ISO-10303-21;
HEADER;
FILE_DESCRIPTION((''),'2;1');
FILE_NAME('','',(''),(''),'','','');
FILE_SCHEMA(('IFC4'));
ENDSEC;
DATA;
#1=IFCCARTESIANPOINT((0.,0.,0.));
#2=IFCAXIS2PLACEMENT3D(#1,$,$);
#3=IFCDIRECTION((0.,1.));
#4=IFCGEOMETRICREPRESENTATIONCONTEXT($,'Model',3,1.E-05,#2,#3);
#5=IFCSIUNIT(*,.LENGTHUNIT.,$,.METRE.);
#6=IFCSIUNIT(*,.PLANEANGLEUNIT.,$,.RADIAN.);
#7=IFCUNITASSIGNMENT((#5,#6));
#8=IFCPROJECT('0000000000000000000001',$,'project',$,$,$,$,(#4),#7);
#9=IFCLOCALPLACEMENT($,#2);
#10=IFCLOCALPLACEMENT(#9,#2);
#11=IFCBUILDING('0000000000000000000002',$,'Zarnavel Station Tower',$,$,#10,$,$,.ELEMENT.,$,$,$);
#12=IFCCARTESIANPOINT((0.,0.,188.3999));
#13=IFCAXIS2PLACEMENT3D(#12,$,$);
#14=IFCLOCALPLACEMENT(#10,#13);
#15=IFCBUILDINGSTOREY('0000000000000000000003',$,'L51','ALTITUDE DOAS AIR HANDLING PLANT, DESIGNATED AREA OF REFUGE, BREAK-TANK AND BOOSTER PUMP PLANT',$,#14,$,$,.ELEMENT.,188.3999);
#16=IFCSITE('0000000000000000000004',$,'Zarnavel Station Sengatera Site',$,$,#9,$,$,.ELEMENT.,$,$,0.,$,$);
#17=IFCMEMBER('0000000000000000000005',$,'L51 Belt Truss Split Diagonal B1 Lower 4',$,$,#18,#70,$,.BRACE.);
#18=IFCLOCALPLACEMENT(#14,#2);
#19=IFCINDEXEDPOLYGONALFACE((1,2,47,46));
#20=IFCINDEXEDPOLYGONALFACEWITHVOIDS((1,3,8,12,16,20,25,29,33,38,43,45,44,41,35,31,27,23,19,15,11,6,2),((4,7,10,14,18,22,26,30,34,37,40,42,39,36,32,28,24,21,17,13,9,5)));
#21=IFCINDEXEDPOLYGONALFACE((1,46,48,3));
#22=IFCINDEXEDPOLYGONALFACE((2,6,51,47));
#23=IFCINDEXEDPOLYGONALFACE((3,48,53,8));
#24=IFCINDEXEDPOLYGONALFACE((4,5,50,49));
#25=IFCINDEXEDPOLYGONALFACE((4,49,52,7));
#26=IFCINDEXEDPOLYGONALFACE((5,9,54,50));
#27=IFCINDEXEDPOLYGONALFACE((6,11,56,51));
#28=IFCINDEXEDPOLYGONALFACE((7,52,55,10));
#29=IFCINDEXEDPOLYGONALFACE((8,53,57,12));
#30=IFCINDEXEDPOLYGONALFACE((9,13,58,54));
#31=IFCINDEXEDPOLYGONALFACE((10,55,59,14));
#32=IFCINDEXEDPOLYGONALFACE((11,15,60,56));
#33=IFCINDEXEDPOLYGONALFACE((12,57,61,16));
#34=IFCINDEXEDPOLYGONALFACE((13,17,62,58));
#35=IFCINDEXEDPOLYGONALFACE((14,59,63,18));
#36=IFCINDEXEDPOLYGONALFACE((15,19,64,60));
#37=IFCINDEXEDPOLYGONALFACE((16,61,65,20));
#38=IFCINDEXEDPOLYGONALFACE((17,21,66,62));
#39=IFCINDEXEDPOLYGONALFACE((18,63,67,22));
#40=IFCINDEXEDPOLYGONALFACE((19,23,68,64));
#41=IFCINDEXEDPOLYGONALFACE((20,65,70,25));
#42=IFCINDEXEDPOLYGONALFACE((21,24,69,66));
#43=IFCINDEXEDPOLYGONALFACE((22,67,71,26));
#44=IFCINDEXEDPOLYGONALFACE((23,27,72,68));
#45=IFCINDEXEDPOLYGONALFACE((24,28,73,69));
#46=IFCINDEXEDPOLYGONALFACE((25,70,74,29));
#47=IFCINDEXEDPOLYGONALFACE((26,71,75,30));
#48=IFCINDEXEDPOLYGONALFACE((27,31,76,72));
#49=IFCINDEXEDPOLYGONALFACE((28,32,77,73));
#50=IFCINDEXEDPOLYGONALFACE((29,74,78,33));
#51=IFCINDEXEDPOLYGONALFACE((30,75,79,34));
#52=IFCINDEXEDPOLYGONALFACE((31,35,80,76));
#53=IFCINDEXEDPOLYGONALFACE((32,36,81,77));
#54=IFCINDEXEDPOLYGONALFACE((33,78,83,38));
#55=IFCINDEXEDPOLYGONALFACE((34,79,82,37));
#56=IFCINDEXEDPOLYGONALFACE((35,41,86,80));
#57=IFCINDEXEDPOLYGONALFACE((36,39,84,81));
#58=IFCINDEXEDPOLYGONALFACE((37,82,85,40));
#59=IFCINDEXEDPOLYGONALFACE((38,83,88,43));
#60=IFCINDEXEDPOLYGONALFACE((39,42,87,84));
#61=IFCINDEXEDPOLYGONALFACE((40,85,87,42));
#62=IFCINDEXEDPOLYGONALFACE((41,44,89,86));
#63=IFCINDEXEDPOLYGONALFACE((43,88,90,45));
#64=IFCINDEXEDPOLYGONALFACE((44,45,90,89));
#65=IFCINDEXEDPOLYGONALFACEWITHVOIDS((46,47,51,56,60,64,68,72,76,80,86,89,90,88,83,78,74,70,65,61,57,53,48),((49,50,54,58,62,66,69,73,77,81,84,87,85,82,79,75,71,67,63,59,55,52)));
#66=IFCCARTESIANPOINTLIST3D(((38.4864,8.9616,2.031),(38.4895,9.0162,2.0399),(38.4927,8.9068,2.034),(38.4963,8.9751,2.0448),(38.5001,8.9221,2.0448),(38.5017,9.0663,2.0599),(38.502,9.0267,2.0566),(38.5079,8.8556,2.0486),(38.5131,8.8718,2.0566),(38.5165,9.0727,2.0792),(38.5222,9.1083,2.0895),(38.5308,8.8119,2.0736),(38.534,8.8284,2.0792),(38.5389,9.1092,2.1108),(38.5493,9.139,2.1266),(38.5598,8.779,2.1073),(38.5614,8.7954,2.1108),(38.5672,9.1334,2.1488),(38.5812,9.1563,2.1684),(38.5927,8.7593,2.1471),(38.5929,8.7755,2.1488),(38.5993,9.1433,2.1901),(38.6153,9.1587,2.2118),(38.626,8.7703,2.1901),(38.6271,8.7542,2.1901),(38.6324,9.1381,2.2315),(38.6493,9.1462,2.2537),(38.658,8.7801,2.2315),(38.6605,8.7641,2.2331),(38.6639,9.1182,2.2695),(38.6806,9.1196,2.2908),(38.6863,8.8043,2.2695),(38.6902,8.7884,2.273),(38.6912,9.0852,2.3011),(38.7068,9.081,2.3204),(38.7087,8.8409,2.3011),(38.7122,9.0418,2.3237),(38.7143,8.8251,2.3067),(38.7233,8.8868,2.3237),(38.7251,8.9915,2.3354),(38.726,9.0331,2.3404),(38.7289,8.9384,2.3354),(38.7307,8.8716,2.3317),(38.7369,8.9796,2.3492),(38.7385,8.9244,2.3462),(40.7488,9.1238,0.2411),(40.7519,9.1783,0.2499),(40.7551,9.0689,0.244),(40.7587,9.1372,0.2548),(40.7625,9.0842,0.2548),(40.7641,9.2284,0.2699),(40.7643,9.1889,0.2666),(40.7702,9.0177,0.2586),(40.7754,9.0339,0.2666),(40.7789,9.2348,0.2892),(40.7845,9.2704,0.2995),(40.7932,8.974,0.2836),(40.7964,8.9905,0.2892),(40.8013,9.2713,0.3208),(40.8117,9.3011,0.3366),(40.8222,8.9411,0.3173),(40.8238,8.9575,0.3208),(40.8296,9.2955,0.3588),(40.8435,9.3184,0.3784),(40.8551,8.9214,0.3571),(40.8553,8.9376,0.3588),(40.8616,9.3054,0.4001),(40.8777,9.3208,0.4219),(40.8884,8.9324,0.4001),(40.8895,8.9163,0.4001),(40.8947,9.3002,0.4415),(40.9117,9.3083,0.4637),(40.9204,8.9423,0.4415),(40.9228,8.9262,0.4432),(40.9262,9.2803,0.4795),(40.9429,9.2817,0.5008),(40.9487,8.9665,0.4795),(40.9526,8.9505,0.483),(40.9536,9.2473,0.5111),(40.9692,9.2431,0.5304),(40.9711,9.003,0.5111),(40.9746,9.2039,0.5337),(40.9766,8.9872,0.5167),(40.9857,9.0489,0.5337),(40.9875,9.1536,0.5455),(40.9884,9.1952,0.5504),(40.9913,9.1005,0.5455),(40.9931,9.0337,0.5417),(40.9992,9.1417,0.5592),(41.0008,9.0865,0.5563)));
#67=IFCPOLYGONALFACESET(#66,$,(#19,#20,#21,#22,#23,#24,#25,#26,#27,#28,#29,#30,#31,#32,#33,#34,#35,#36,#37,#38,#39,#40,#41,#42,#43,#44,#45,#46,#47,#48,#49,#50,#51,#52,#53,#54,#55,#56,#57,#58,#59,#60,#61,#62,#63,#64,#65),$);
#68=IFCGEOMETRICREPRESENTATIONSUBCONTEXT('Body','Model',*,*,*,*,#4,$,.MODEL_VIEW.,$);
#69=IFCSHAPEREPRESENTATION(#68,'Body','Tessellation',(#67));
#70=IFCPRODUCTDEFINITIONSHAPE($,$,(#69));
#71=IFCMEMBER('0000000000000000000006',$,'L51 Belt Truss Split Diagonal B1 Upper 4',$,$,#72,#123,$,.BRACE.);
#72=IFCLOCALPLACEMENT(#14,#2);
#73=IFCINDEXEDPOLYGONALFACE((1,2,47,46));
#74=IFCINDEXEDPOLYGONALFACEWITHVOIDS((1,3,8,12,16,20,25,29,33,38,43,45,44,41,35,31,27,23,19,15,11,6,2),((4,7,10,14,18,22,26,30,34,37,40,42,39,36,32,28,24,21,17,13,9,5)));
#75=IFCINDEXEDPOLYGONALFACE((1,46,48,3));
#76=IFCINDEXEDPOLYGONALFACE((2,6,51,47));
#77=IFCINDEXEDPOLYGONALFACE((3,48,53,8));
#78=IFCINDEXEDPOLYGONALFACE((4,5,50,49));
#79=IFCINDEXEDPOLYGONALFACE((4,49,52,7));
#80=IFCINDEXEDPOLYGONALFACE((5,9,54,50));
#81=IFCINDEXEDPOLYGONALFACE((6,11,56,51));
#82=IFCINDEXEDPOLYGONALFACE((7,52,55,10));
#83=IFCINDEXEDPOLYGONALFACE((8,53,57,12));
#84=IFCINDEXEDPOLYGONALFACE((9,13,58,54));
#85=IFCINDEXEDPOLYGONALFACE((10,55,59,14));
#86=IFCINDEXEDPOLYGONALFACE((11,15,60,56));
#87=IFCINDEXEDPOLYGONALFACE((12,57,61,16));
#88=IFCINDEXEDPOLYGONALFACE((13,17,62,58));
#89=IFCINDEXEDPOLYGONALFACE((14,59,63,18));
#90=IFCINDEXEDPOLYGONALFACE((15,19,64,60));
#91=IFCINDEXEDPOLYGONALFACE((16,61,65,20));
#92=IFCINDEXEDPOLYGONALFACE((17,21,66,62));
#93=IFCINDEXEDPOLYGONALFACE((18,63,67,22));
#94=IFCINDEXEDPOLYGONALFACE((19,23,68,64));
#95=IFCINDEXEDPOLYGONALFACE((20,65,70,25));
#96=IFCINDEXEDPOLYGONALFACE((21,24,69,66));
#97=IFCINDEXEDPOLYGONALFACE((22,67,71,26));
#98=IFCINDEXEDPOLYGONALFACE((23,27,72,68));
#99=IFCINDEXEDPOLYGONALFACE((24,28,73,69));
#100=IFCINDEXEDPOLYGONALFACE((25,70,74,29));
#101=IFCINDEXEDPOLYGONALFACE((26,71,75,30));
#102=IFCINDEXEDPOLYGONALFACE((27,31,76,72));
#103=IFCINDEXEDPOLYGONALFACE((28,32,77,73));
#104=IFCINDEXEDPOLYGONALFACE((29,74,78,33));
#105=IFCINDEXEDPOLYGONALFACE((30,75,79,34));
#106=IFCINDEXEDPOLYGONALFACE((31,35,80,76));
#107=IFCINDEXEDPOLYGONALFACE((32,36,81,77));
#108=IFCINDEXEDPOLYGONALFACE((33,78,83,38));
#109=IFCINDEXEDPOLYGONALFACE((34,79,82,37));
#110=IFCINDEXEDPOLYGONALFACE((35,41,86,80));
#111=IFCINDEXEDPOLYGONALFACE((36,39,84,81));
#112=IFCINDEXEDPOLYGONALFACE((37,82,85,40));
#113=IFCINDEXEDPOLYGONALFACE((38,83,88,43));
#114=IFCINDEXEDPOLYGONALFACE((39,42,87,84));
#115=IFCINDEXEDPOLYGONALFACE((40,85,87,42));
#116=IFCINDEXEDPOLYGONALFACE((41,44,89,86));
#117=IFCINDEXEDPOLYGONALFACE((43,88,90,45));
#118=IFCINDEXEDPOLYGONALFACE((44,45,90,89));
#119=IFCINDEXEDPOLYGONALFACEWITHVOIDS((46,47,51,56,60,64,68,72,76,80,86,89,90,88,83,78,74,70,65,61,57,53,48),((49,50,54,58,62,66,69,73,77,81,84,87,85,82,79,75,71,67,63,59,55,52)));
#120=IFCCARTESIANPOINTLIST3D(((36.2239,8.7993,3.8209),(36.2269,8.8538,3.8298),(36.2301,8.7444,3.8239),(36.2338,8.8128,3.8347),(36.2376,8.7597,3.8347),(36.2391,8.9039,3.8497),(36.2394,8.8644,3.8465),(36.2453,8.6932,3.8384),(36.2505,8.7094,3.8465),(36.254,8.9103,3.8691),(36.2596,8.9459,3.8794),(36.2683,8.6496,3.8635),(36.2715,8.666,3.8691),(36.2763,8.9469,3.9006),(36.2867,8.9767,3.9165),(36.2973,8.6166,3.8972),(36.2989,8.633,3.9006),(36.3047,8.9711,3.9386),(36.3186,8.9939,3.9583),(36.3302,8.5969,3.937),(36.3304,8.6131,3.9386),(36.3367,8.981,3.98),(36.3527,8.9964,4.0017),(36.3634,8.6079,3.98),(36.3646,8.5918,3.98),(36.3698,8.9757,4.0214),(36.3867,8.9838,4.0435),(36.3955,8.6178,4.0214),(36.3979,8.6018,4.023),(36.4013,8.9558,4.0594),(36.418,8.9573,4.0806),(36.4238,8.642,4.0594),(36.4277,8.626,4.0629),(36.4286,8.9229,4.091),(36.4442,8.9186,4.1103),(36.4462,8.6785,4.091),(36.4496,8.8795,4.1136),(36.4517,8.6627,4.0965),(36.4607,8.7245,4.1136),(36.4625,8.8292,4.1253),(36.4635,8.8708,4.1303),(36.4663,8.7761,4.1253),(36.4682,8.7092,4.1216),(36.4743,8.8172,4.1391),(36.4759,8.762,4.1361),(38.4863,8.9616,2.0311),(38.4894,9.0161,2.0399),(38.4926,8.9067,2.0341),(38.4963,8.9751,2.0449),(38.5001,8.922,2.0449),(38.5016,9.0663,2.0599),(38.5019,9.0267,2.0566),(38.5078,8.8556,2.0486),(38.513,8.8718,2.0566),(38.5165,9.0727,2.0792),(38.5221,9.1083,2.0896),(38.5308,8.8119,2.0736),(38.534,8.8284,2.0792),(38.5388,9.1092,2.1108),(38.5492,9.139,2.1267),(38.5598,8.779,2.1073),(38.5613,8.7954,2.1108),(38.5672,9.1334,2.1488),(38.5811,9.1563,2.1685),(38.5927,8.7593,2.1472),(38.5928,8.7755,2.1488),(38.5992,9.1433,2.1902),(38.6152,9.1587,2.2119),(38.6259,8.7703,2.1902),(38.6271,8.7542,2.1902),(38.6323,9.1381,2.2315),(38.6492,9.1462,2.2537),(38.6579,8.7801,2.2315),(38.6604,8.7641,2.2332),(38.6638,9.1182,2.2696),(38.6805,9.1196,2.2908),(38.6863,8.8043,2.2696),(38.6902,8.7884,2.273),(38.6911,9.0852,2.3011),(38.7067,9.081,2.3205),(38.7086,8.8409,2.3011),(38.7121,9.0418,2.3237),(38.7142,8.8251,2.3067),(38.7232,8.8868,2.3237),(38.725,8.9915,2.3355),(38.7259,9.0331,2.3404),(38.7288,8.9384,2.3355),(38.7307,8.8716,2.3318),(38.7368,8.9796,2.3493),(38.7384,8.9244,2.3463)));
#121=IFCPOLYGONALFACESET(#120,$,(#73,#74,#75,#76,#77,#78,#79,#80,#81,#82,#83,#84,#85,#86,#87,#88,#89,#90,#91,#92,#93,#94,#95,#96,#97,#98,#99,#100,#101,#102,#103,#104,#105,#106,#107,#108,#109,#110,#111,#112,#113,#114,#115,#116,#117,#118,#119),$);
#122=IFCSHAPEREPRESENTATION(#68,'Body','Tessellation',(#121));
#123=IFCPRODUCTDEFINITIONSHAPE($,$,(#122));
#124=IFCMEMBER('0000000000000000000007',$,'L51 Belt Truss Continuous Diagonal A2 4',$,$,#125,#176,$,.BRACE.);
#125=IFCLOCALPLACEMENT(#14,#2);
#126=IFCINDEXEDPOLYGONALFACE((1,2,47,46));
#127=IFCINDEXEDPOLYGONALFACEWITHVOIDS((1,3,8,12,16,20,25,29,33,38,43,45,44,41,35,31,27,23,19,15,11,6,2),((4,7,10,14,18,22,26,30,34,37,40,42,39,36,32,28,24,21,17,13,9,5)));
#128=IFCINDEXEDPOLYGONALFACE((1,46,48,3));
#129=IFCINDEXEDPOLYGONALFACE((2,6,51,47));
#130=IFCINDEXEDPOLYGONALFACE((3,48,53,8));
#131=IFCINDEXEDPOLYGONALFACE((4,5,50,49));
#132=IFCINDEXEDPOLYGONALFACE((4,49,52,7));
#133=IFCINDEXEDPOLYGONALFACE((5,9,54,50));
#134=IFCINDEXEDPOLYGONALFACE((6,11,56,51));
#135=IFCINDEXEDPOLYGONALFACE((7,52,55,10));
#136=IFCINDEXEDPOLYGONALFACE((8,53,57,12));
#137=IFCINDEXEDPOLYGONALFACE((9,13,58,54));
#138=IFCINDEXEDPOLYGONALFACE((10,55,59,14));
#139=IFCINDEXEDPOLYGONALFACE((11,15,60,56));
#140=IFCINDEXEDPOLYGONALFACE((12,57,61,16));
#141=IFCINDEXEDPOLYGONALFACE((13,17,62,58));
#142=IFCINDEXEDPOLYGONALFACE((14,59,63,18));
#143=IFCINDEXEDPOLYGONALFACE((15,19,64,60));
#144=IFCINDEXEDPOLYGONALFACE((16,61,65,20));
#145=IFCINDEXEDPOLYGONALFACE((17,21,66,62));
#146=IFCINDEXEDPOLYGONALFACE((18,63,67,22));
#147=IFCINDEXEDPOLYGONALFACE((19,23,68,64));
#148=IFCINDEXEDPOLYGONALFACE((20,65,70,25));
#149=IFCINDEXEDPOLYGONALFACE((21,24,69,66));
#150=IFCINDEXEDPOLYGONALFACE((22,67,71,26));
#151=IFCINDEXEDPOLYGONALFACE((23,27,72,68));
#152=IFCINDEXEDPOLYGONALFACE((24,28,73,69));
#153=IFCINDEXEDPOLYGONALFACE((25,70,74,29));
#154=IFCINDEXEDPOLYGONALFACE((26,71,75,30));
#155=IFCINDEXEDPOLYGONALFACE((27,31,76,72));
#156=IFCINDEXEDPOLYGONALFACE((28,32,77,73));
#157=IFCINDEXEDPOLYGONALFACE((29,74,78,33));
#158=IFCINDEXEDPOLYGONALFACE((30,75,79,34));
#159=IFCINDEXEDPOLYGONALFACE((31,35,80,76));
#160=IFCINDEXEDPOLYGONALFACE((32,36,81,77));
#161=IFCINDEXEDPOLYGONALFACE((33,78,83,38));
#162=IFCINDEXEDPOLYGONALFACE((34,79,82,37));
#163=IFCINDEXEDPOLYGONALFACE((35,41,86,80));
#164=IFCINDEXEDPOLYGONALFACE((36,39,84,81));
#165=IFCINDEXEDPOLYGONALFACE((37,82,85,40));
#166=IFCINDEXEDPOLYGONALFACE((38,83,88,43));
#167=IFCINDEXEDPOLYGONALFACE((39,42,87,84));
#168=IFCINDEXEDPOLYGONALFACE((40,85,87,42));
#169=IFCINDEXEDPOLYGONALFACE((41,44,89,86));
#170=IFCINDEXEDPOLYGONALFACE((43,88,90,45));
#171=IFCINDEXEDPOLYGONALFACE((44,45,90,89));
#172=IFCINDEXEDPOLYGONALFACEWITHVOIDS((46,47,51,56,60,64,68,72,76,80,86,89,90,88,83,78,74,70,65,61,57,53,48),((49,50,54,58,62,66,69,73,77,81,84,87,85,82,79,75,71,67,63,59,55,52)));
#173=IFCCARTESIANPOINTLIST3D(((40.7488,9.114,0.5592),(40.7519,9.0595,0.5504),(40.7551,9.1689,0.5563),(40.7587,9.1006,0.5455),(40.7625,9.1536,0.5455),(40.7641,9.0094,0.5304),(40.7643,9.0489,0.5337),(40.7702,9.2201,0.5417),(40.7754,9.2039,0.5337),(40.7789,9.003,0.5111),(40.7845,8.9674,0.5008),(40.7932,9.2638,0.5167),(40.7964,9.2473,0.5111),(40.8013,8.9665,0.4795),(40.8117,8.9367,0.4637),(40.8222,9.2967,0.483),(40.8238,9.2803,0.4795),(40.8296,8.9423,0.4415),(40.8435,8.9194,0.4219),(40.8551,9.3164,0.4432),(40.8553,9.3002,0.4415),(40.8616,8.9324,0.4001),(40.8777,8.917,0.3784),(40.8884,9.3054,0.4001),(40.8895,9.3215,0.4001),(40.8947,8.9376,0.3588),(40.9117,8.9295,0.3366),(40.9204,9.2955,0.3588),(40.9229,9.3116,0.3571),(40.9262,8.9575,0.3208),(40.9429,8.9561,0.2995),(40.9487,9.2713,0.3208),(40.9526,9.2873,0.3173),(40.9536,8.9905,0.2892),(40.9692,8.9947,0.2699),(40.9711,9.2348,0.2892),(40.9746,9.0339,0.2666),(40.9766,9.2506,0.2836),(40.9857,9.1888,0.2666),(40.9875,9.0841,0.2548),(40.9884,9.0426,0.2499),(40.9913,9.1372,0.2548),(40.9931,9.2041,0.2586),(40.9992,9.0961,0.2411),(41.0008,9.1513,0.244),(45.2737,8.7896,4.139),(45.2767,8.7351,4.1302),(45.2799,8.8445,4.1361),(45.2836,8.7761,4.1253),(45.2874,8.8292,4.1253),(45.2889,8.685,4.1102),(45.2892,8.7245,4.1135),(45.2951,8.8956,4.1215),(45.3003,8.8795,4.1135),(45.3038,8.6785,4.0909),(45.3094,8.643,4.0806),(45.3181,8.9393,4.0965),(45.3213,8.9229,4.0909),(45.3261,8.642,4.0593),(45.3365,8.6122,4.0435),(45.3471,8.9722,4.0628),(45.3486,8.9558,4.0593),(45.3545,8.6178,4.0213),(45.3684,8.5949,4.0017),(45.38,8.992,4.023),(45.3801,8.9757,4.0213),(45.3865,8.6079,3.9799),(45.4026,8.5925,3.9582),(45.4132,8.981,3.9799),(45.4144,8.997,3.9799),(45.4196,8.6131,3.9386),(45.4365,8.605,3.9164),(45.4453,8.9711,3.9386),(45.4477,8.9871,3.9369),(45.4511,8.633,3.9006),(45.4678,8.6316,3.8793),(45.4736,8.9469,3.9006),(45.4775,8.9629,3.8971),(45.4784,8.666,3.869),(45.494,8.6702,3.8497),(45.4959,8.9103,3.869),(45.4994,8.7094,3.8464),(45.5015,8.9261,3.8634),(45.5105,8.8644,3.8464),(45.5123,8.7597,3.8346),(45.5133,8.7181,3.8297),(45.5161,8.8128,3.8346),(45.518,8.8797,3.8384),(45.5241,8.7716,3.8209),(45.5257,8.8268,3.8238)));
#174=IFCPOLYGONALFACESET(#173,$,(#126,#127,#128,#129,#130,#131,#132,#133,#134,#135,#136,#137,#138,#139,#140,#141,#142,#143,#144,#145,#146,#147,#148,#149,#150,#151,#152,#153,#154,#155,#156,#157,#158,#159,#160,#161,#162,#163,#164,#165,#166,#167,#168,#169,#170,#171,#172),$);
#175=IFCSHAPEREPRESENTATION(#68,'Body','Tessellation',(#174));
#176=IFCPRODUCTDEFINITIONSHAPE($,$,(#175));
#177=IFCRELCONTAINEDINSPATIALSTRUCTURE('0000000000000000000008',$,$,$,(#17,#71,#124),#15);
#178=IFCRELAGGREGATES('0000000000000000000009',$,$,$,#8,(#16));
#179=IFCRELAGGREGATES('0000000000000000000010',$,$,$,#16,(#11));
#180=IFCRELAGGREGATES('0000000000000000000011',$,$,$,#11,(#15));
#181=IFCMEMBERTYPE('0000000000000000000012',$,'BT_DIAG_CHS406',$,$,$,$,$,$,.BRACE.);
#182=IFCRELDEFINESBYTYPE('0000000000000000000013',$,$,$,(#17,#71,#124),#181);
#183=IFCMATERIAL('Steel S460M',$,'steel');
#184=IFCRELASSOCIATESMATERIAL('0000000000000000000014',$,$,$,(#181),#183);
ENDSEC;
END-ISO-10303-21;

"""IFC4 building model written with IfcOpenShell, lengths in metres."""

from ifc_helpers import new_model, si_unit, direction, frame, origin, origin_2d, place, context, subcontext, project, spatial, hollow_circle, extrude, material, material_profile, profile_set, type_object, element, save


model = new_model("IFC4")

# Units and contexts
model_context = context("Model", 3, precision=1e-05, world=origin(), true_north=direction((0.0, 1.0)))
body_context = subcontext(model_context, "Body", "Model", "MODEL_VIEW")
ifc_project = project(units=[si_unit("LENGTHUNIT", "METRE"), si_unit("PLANEANGLEUNIT", "RADIAN")], contexts=[model_context])

# Site, building, storey
site_placement = place(None, origin())
site = spatial("IfcSite", under=ifc_project, at=site_placement, Name="Zarnavel Station Sengatera Site", CompositionType="ELEMENT", RefElevation=0.0)
building_placement = place(site_placement, origin())
building = spatial("IfcBuilding", under=site, at=building_placement, Name="Zarnavel Station Tower", CompositionType="ELEMENT")
storey_placement = place(building_placement, frame((0.0, 0.0, 188.3999)))
storey = spatial("IfcBuildingStorey", under=building, at=storey_placement, Name="L51", Description="ALTITUDE DOAS AIR HANDLING PLANT, DESIGNATED AREA OF REFUGE, BREAK-TANK AND BOOSTER PUMP PLANT", CompositionType="ELEMENT", Elevation=188.3999)

# Members
ifc_material_1 = material(Name="Steel S460M", Category="steel")
ifc_material_profile_1 = material_profile(ifc_material_1, hollow_circle(Radius=0.2031, WallThickness=0.0161, at=origin_2d()), Name="CHS406.4x16")
ifc_profile_set_1 = profile_set([ifc_material_profile_1], Name="Steel S460M")
member_type_1 = type_object("IfcMemberType", Name="BT_DIAG_CHS406", PredefinedType="BRACE", material=ifc_profile_set_1)
for number, where, z_axis, x_axis, name in (
    (1, (40.875, 9.1189, 0.4001), (-0.782991, -0.056103, 0.619498), (0.071469, -0.997443, 0.0), "L51 Belt Truss Split Diagonal B1 Lower 4"),
    (2, (38.6125, 8.9568, 2.1902), (-0.783028, -0.05619, 0.619443), (0.071576, -0.997435, 0.0), "L51 Belt Truss Split Diagonal B1 Upper 4"),
):
    element("IfcMember", number, at=place(storey_placement, frame(where, z_axis=z_axis, x_axis=x_axis)), inside=storey, type_object=member_type_1, Name=name, PredefinedType="BRACE", context=body_context, shape_type="SweptSolid", body=[
        extrude(hollow_circle(Radius=0.2031, WallThickness=0.0161, at=origin_2d()), origin(), (0.0, 0.0, 1.0), 2.8894),
    ])
member_1_placement = place(storey_placement, frame((40.875, 9.1189, 0.4001), z_axis=(0.783009, -0.056147, 0.619471), x_axis=(0.071522, 0.997439, 0.0)))
element("IfcMember", 3, at=member_1_placement, inside=storey, type_object=member_type_1, Name="L51 Belt Truss Continuous Diagonal A2 4", PredefinedType="BRACE", context=body_context, shape_type="SweptSolid", body=[
    extrude(hollow_circle(Radius=0.2031, WallThickness=0.0161, at=origin_2d()), origin(), (0.0, 0.0, 1.0), 5.7788),
])

save(model, "model.ifc")
